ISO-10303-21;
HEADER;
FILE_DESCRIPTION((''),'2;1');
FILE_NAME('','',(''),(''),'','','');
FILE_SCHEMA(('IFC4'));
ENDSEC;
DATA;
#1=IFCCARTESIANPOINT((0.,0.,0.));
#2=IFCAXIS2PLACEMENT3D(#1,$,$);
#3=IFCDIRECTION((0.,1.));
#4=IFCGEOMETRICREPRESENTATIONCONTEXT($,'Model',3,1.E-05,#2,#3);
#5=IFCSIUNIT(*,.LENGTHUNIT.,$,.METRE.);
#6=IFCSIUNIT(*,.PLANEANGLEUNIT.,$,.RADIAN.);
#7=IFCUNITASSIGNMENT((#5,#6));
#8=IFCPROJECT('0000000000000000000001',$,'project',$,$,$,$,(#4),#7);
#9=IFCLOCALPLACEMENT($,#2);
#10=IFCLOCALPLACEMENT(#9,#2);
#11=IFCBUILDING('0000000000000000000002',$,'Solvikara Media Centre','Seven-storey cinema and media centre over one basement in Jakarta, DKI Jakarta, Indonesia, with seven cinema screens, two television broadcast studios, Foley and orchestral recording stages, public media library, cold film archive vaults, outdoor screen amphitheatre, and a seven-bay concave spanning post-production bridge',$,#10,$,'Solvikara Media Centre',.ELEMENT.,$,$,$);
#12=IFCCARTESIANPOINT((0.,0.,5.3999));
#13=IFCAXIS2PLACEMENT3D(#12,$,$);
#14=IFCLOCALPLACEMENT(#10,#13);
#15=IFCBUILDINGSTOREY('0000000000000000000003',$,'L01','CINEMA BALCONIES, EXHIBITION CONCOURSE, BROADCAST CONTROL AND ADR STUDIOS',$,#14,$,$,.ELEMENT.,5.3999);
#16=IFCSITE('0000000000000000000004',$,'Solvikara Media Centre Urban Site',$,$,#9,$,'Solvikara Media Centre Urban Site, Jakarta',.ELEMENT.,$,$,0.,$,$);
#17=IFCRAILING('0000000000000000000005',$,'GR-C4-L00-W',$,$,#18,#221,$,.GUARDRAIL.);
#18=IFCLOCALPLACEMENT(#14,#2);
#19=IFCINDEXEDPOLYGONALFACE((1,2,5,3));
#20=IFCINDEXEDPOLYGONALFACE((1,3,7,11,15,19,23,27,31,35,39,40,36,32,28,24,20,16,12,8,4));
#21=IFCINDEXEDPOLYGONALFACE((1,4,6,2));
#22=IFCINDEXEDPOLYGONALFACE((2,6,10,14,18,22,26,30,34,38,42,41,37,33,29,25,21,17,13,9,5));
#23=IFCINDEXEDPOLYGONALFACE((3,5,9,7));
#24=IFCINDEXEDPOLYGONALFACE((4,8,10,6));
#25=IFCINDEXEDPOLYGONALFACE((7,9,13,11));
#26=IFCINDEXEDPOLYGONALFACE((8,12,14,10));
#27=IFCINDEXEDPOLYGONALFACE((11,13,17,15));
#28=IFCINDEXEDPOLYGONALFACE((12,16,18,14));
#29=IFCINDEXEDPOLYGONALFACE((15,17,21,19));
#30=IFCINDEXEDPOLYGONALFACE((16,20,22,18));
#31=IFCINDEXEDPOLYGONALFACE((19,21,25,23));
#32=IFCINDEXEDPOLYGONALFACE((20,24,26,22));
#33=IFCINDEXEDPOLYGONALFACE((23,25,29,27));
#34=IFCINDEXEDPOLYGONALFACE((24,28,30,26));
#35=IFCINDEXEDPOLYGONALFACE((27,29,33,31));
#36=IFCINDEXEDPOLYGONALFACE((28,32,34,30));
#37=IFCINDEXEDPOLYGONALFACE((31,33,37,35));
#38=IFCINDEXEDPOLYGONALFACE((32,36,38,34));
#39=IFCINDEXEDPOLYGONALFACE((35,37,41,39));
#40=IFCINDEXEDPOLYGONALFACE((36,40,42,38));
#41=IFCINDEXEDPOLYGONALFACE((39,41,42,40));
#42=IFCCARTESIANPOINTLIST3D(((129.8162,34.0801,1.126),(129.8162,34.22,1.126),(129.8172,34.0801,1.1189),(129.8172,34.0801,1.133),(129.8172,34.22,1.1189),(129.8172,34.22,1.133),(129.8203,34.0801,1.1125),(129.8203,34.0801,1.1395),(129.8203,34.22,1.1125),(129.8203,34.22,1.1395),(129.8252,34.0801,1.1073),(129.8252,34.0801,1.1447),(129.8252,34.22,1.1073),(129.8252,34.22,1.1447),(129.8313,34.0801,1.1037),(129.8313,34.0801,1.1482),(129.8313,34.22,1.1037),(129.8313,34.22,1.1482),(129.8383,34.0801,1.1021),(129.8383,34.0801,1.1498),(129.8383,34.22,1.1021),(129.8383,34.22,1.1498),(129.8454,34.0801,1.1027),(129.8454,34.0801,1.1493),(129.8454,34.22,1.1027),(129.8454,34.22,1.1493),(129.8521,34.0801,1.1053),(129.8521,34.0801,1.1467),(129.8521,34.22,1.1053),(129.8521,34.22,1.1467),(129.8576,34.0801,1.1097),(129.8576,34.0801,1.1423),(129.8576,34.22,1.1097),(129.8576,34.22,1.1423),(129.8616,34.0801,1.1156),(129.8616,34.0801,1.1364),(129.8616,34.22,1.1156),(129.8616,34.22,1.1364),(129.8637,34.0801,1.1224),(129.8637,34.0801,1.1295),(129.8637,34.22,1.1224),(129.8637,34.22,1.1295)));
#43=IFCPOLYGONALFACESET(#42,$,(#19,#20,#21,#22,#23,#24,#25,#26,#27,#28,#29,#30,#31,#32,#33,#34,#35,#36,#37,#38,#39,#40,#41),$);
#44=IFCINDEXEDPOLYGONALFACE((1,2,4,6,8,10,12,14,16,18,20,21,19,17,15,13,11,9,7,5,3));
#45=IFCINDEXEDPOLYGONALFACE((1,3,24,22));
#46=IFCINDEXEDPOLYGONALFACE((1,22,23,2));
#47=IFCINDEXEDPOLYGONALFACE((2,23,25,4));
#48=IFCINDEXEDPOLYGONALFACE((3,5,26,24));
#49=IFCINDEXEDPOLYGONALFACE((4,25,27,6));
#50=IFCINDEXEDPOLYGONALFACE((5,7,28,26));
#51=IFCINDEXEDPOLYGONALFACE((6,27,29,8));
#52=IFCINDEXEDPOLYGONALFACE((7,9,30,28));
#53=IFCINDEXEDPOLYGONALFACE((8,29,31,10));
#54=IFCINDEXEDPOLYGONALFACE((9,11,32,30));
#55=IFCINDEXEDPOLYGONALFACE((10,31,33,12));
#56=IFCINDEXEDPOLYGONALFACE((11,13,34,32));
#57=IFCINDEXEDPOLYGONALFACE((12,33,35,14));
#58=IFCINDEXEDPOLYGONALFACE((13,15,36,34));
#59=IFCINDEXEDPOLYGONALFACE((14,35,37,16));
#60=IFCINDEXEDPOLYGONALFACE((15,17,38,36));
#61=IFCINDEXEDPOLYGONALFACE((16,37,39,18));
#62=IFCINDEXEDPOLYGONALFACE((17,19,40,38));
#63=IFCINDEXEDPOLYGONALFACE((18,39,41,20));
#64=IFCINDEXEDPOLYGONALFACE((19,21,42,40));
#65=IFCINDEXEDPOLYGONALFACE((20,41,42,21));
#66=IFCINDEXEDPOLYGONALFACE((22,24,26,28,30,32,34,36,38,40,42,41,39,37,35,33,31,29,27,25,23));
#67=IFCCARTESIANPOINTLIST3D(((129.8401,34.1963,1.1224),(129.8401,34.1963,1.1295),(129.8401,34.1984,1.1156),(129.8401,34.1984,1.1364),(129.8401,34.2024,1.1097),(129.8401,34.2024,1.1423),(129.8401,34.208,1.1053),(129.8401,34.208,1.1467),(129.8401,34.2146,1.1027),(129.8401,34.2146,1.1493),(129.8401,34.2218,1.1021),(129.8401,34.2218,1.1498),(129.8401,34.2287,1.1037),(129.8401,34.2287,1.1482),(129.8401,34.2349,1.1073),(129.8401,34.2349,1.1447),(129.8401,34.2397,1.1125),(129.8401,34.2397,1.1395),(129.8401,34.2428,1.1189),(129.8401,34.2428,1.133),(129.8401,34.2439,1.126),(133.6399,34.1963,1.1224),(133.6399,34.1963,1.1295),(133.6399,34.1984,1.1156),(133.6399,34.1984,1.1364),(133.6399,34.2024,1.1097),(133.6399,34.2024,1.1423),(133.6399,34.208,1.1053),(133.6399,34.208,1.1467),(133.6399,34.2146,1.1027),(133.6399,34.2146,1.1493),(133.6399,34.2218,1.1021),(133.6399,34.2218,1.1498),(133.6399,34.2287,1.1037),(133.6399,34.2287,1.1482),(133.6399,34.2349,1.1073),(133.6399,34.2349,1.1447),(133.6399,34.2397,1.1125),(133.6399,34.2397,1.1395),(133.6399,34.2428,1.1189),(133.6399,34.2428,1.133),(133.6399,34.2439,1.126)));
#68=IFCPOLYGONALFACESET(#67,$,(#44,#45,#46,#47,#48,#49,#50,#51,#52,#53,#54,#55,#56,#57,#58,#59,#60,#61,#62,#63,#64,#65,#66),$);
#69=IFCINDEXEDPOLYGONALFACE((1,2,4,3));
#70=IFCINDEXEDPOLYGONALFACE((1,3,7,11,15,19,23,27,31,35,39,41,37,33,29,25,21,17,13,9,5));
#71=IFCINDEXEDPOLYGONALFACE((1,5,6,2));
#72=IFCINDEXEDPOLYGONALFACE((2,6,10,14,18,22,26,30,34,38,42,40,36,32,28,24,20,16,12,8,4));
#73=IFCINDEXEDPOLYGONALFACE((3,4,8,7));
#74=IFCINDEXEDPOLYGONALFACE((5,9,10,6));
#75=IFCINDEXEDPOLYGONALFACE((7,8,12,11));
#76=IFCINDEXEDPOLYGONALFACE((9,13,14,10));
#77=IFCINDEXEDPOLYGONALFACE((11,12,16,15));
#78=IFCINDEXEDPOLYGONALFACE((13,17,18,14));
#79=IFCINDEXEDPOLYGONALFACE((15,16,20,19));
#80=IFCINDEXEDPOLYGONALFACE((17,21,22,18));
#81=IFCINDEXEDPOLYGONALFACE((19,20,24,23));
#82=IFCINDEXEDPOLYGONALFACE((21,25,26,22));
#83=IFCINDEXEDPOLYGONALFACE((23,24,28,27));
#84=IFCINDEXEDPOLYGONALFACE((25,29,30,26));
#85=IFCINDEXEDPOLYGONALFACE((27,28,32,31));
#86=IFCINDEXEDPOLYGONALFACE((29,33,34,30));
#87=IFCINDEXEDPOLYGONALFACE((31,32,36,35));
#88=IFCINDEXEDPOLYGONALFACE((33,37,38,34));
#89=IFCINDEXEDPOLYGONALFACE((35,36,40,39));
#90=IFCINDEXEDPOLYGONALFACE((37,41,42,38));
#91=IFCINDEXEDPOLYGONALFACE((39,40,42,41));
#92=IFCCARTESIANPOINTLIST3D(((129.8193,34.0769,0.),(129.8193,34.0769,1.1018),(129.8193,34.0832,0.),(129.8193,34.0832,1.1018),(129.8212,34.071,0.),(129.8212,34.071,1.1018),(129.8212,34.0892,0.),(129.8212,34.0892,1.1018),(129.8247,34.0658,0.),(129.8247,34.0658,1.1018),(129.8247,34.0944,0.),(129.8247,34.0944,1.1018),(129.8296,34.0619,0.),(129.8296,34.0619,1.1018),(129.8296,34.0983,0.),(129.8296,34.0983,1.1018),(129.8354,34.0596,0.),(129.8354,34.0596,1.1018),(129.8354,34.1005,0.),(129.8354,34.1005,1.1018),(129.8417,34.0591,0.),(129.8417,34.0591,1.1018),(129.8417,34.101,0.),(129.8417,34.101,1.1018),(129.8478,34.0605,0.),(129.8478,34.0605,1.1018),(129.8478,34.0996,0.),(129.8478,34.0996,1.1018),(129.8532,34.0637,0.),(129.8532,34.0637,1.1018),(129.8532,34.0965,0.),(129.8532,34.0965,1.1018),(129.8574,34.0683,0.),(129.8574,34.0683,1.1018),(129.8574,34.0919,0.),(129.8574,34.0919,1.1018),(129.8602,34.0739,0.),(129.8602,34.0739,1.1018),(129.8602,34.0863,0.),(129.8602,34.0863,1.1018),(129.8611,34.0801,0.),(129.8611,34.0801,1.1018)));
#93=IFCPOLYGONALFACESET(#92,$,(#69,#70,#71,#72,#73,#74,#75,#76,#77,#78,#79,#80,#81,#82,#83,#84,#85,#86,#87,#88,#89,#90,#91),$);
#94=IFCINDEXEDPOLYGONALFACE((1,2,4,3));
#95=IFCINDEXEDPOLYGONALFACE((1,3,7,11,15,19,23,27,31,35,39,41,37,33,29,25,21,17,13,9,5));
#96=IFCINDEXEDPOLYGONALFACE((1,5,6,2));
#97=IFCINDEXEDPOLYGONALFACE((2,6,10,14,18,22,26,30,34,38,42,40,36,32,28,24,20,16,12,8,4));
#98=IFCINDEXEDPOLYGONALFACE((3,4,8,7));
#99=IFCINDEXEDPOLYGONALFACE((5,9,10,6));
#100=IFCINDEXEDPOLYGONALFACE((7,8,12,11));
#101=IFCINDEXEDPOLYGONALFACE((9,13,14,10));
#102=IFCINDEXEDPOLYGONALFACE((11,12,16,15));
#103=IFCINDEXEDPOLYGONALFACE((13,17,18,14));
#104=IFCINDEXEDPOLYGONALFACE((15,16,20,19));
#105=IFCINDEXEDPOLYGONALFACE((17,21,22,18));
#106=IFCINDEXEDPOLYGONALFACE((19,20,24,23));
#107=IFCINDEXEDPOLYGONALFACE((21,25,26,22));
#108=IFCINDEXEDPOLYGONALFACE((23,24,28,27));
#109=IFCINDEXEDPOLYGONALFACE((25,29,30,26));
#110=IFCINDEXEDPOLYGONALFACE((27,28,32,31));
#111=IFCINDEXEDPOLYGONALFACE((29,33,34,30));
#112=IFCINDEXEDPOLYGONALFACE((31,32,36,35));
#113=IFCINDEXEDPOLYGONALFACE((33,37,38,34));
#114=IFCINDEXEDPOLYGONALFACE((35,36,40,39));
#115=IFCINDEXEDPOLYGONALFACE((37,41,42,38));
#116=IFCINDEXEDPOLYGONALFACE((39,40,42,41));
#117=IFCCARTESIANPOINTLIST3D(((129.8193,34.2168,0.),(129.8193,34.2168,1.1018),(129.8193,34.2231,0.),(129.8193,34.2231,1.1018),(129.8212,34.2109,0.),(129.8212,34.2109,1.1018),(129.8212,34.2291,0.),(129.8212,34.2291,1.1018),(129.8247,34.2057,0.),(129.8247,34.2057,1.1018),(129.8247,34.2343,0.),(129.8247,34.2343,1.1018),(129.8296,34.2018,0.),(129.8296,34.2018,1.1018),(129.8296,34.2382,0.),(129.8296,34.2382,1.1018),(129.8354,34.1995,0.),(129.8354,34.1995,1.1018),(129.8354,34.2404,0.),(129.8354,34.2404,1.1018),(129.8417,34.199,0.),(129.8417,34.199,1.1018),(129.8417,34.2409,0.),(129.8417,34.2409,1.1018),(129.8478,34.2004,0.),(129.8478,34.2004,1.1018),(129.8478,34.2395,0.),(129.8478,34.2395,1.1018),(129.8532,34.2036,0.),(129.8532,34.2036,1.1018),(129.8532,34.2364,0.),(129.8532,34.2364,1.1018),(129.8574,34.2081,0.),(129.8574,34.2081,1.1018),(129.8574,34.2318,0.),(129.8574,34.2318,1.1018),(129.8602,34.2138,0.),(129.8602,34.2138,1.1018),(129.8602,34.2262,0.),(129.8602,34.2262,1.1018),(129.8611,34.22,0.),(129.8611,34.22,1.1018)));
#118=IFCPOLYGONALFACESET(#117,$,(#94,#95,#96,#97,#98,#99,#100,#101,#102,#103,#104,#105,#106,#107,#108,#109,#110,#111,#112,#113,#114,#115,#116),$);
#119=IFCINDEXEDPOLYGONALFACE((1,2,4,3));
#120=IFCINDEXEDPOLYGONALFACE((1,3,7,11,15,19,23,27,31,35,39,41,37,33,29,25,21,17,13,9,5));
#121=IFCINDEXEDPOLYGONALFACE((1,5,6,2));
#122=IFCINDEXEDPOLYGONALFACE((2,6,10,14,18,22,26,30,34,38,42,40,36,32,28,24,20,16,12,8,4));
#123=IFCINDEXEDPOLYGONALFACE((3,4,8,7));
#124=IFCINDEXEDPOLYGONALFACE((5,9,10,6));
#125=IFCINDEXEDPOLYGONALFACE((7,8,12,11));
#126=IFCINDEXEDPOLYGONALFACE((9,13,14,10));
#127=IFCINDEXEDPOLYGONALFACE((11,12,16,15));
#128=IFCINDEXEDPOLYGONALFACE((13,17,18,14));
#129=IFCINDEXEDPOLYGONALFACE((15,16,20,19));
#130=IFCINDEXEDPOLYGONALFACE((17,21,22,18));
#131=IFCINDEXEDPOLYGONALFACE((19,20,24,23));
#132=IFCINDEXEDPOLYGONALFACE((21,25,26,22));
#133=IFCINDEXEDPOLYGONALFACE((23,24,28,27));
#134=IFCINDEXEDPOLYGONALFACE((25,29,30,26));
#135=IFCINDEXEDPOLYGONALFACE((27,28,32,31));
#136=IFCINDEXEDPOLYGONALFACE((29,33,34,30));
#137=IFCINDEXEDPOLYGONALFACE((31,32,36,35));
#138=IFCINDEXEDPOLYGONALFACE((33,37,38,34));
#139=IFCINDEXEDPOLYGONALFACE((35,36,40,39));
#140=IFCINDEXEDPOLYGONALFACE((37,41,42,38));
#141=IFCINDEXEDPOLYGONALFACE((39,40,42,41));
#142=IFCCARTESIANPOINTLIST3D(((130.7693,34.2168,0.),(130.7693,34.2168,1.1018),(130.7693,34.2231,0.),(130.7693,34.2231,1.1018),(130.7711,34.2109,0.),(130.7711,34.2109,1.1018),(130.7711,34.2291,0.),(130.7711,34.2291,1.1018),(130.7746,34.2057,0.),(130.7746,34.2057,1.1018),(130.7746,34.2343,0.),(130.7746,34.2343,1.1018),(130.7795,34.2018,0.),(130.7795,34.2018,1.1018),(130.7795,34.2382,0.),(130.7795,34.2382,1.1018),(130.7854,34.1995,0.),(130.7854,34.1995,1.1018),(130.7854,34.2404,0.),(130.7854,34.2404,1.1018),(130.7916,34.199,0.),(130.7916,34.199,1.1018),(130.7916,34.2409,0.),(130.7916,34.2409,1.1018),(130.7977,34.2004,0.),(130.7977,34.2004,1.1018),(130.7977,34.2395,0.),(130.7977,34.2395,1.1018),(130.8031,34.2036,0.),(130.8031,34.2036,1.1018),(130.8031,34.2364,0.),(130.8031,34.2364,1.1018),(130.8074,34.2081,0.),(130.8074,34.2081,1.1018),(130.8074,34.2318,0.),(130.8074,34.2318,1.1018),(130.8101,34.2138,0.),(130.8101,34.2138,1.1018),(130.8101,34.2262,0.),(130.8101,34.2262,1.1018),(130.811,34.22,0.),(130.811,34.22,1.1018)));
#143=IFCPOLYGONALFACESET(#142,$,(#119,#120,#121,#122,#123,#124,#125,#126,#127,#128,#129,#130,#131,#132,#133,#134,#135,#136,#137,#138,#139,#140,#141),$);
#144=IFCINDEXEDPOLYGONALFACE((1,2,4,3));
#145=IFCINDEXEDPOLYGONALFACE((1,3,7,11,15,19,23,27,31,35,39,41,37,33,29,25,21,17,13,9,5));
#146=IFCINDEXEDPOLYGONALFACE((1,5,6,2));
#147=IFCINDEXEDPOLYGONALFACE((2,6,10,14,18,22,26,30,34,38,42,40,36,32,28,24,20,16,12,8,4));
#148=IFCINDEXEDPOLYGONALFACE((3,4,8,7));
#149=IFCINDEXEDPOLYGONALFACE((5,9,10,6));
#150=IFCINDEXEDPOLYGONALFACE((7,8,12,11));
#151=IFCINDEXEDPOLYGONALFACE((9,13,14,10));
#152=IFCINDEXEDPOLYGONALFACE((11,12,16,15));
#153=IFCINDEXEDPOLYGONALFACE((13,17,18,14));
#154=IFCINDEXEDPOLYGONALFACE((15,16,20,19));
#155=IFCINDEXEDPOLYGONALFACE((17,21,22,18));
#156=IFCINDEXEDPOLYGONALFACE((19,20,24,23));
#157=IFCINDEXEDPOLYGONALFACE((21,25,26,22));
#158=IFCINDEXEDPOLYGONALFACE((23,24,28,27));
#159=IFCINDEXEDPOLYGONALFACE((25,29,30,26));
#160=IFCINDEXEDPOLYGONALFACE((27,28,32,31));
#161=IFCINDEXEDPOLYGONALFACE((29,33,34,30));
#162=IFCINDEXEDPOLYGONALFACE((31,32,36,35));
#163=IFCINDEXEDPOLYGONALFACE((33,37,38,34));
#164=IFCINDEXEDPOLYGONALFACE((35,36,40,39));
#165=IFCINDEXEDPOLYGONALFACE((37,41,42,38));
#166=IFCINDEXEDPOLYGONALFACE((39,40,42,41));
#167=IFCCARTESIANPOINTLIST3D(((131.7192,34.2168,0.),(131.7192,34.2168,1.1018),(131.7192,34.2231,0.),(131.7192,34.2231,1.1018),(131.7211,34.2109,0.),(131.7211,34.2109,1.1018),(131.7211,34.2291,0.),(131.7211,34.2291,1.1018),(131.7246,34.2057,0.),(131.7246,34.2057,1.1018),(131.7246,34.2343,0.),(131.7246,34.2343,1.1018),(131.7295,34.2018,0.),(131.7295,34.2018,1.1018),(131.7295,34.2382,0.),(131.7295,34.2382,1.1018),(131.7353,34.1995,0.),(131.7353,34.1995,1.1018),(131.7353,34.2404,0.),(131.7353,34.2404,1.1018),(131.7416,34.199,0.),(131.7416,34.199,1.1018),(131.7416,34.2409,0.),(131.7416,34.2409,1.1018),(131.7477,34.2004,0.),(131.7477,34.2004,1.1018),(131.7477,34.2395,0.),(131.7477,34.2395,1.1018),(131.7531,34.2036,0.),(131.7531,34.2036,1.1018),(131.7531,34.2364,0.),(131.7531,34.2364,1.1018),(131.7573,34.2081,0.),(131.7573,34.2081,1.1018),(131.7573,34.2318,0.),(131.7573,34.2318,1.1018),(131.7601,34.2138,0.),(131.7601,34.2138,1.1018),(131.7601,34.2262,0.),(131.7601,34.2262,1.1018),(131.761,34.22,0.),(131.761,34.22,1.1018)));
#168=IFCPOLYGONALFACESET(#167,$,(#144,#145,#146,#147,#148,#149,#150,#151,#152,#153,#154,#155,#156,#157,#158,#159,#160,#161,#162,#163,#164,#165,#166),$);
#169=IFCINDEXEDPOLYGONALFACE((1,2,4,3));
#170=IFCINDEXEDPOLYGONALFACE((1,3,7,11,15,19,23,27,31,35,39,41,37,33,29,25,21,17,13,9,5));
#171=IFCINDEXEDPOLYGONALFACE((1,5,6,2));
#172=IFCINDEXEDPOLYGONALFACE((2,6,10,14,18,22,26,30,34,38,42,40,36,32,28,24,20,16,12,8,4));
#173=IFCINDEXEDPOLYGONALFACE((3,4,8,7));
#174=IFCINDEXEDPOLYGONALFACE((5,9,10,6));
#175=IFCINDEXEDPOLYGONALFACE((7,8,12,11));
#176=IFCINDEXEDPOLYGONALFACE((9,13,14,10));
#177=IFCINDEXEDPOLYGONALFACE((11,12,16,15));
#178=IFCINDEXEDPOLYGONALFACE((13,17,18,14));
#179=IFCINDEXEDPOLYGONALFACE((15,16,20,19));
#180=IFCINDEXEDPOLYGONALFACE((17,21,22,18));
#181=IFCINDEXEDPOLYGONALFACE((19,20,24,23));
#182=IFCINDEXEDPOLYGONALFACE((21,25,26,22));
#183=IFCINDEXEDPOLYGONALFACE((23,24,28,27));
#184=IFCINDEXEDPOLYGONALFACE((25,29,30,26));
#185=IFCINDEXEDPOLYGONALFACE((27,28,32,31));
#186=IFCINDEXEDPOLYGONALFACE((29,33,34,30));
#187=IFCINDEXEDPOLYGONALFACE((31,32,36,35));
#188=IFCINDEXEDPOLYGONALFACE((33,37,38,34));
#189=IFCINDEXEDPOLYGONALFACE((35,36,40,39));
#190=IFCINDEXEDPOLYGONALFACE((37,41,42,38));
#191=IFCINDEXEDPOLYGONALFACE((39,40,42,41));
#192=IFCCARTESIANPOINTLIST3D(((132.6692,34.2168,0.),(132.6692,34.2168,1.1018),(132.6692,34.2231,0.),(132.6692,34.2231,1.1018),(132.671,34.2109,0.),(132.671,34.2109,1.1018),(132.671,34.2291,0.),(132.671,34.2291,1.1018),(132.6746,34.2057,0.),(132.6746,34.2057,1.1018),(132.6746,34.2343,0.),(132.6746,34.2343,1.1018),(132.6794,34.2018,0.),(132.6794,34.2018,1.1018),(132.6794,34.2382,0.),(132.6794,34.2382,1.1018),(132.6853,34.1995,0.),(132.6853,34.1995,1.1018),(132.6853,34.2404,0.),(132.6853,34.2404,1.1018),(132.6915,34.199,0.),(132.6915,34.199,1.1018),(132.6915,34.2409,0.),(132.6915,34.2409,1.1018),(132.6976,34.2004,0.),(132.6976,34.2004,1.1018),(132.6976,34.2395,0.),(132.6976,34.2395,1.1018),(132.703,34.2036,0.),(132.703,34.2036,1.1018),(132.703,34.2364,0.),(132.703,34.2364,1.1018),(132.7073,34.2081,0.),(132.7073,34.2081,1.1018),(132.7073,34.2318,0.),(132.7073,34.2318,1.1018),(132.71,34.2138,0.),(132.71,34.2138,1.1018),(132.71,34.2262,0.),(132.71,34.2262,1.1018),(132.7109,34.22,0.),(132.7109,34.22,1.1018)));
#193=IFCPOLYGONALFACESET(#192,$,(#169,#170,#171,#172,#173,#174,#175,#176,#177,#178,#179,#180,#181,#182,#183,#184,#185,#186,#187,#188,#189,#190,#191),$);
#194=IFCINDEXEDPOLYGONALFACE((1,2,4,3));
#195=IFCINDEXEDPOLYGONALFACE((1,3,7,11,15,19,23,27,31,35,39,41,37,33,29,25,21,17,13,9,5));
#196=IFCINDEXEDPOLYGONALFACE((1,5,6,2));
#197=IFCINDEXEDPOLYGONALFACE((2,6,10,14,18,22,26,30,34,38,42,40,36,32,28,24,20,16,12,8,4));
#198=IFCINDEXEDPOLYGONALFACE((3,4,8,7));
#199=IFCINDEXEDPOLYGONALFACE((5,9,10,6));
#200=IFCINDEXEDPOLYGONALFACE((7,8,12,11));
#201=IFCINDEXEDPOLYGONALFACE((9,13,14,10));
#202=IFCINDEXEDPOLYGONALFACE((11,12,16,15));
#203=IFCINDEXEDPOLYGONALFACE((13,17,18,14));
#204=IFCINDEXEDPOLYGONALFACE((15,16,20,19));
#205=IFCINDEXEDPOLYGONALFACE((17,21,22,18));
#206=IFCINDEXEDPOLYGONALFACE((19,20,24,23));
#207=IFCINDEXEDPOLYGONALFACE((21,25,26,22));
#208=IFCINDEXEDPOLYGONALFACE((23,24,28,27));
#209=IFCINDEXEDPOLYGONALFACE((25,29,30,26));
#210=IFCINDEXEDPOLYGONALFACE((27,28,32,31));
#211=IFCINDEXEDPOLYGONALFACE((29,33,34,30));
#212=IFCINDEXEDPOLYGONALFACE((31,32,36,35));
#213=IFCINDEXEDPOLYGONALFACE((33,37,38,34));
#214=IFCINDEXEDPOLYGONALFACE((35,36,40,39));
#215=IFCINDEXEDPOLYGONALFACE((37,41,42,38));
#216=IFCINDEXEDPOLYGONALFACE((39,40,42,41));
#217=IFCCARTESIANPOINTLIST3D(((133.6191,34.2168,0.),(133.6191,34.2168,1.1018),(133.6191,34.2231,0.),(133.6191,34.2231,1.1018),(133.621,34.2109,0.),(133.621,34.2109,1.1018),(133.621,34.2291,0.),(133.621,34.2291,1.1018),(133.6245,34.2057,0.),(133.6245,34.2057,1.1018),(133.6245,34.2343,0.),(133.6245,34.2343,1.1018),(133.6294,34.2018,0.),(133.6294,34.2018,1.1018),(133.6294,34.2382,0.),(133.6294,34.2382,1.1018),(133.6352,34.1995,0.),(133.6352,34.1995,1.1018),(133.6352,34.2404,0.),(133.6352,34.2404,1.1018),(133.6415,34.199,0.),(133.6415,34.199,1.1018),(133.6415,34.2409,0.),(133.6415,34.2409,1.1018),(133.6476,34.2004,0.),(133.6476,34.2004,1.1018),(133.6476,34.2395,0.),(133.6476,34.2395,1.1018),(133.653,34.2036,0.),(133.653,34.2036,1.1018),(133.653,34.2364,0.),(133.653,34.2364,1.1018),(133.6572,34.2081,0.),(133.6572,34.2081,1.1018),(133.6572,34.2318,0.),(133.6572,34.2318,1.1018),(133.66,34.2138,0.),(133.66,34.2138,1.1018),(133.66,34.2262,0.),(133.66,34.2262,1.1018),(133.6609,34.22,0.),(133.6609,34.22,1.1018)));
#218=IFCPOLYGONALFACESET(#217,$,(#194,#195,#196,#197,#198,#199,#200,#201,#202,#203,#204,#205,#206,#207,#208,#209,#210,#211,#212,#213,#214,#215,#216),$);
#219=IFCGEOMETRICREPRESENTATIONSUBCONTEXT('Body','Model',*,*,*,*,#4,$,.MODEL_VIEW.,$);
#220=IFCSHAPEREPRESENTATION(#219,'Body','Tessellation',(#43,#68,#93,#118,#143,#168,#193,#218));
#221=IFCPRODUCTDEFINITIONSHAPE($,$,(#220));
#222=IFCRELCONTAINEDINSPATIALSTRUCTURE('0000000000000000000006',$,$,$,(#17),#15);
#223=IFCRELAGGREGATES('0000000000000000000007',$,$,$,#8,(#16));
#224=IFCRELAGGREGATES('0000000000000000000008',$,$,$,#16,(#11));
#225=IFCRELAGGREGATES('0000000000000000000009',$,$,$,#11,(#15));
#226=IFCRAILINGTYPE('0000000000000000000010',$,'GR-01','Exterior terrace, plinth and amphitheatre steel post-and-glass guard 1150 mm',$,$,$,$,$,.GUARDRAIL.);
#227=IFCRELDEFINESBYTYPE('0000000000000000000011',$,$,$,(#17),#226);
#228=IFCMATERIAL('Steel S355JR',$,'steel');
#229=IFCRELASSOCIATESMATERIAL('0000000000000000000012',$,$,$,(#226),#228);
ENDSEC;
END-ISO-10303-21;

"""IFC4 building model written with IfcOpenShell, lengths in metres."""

from ifc_helpers import new_model, si_unit, direction, frame, origin, origin_2d, place, context, subcontext, project, spatial, circle, extrude, material, type_object, element, save


model = new_model("IFC4")

# Units and contexts
model_context = context("Model", 3, precision=1e-05, world=origin(), true_north=direction((0.0, 1.0)))
body_context = subcontext(model_context, "Body", "Model", "MODEL_VIEW")
ifc_project = project(units=[si_unit("LENGTHUNIT", "METRE"), si_unit("PLANEANGLEUNIT", "RADIAN")], contexts=[model_context])

# Site, building, storey
site_placement = place(None, origin())
site = spatial("IfcSite", under=ifc_project, at=site_placement, Name="Solvikara Media Centre Urban Site", LongName="Solvikara Media Centre Urban Site, Jakarta", CompositionType="ELEMENT", RefElevation=0.0)
building_placement = place(site_placement, origin())
building = spatial("IfcBuilding", under=site, at=building_placement, Name="Solvikara Media Centre", Description="Seven-storey cinema and media centre over one basement in Jakarta, DKI Jakarta, Indonesia, with seven cinema screens, two television broadcast studios, Foley and orchestral recording stages, public media library, cold film archive vaults, outdoor screen amphitheatre, and a seven-bay concave spanning post-production bridge", LongName="Solvikara Media Centre", CompositionType="ELEMENT")
storey_placement = place(building_placement, frame((0.0, 0.0, 5.3999)))
storey = spatial("IfcBuildingStorey", under=building, at=storey_placement, Name="L01", Description="CINEMA BALCONIES, EXHIBITION CONCOURSE, BROADCAST CONTROL AND ADR STUDIOS", CompositionType="ELEMENT", Elevation=5.3999)

# Shared definitions
ifc_material_1 = material(Name="Steel S355JR", Category="steel")

# Railing
railing_type_1 = type_object("IfcRailingType", Name="GR-01", Description="Exterior terrace, plinth and amphitheatre steel post-and-glass guard 1150 mm", PredefinedType="GUARDRAIL", material=ifc_material_1)
railing_1_placement = place(storey_placement, frame((129.8401, 34.0801, 0.0)))
element("IfcRailing", 1, at=railing_1_placement, inside=storey, type_object=railing_type_1, Name="GR-C4-L00-W", PredefinedType="GUARDRAIL", context=body_context, shape_type="SweptSolid", body=[
    extrude(circle(Radius=0.0239, at=origin_2d()), frame((0.0, 0.0, 1.126), z_axis=(0.0, 1.0, 0.0), x_axis=(-1.0, 0.0, 0.0)), (0.0, 0.0, 1.0), 0.1399),
    extrude(circle(Radius=0.0239, at=origin_2d()), frame((0.0, 0.1399, 1.126), z_axis=(1.0, 0.0, 0.0), x_axis=(0.0, 1.0, 0.0)), (0.0, 0.0, 1.0), 3.7998),
    extrude(circle(Radius=0.021, at=origin_2d()), origin(), (0.0, 0.0, 1.0), 1.1018),
    extrude(circle(Radius=0.021, at=origin_2d()), frame((0.0, 0.1399, 0.0)), (0.0, 0.0, 1.0), 1.1018),
    extrude(circle(Radius=0.021, at=origin_2d()), frame((0.95, 0.1399, 0.0)), (0.0, 0.0, 1.0), 1.1018),
    extrude(circle(Radius=0.021, at=origin_2d()), frame((1.8999, 0.1399, 0.0)), (0.0, 0.0, 1.0), 1.1018),
    extrude(circle(Radius=0.021, at=origin_2d()), frame((2.8499, 0.1399, 0.0)), (0.0, 0.0, 1.0), 1.1018),
    extrude(circle(Radius=0.021, at=origin_2d()), frame((3.7998, 0.1399, 0.0)), (0.0, 0.0, 1.0), 1.1018),
])

save(model, "model.ifc")
